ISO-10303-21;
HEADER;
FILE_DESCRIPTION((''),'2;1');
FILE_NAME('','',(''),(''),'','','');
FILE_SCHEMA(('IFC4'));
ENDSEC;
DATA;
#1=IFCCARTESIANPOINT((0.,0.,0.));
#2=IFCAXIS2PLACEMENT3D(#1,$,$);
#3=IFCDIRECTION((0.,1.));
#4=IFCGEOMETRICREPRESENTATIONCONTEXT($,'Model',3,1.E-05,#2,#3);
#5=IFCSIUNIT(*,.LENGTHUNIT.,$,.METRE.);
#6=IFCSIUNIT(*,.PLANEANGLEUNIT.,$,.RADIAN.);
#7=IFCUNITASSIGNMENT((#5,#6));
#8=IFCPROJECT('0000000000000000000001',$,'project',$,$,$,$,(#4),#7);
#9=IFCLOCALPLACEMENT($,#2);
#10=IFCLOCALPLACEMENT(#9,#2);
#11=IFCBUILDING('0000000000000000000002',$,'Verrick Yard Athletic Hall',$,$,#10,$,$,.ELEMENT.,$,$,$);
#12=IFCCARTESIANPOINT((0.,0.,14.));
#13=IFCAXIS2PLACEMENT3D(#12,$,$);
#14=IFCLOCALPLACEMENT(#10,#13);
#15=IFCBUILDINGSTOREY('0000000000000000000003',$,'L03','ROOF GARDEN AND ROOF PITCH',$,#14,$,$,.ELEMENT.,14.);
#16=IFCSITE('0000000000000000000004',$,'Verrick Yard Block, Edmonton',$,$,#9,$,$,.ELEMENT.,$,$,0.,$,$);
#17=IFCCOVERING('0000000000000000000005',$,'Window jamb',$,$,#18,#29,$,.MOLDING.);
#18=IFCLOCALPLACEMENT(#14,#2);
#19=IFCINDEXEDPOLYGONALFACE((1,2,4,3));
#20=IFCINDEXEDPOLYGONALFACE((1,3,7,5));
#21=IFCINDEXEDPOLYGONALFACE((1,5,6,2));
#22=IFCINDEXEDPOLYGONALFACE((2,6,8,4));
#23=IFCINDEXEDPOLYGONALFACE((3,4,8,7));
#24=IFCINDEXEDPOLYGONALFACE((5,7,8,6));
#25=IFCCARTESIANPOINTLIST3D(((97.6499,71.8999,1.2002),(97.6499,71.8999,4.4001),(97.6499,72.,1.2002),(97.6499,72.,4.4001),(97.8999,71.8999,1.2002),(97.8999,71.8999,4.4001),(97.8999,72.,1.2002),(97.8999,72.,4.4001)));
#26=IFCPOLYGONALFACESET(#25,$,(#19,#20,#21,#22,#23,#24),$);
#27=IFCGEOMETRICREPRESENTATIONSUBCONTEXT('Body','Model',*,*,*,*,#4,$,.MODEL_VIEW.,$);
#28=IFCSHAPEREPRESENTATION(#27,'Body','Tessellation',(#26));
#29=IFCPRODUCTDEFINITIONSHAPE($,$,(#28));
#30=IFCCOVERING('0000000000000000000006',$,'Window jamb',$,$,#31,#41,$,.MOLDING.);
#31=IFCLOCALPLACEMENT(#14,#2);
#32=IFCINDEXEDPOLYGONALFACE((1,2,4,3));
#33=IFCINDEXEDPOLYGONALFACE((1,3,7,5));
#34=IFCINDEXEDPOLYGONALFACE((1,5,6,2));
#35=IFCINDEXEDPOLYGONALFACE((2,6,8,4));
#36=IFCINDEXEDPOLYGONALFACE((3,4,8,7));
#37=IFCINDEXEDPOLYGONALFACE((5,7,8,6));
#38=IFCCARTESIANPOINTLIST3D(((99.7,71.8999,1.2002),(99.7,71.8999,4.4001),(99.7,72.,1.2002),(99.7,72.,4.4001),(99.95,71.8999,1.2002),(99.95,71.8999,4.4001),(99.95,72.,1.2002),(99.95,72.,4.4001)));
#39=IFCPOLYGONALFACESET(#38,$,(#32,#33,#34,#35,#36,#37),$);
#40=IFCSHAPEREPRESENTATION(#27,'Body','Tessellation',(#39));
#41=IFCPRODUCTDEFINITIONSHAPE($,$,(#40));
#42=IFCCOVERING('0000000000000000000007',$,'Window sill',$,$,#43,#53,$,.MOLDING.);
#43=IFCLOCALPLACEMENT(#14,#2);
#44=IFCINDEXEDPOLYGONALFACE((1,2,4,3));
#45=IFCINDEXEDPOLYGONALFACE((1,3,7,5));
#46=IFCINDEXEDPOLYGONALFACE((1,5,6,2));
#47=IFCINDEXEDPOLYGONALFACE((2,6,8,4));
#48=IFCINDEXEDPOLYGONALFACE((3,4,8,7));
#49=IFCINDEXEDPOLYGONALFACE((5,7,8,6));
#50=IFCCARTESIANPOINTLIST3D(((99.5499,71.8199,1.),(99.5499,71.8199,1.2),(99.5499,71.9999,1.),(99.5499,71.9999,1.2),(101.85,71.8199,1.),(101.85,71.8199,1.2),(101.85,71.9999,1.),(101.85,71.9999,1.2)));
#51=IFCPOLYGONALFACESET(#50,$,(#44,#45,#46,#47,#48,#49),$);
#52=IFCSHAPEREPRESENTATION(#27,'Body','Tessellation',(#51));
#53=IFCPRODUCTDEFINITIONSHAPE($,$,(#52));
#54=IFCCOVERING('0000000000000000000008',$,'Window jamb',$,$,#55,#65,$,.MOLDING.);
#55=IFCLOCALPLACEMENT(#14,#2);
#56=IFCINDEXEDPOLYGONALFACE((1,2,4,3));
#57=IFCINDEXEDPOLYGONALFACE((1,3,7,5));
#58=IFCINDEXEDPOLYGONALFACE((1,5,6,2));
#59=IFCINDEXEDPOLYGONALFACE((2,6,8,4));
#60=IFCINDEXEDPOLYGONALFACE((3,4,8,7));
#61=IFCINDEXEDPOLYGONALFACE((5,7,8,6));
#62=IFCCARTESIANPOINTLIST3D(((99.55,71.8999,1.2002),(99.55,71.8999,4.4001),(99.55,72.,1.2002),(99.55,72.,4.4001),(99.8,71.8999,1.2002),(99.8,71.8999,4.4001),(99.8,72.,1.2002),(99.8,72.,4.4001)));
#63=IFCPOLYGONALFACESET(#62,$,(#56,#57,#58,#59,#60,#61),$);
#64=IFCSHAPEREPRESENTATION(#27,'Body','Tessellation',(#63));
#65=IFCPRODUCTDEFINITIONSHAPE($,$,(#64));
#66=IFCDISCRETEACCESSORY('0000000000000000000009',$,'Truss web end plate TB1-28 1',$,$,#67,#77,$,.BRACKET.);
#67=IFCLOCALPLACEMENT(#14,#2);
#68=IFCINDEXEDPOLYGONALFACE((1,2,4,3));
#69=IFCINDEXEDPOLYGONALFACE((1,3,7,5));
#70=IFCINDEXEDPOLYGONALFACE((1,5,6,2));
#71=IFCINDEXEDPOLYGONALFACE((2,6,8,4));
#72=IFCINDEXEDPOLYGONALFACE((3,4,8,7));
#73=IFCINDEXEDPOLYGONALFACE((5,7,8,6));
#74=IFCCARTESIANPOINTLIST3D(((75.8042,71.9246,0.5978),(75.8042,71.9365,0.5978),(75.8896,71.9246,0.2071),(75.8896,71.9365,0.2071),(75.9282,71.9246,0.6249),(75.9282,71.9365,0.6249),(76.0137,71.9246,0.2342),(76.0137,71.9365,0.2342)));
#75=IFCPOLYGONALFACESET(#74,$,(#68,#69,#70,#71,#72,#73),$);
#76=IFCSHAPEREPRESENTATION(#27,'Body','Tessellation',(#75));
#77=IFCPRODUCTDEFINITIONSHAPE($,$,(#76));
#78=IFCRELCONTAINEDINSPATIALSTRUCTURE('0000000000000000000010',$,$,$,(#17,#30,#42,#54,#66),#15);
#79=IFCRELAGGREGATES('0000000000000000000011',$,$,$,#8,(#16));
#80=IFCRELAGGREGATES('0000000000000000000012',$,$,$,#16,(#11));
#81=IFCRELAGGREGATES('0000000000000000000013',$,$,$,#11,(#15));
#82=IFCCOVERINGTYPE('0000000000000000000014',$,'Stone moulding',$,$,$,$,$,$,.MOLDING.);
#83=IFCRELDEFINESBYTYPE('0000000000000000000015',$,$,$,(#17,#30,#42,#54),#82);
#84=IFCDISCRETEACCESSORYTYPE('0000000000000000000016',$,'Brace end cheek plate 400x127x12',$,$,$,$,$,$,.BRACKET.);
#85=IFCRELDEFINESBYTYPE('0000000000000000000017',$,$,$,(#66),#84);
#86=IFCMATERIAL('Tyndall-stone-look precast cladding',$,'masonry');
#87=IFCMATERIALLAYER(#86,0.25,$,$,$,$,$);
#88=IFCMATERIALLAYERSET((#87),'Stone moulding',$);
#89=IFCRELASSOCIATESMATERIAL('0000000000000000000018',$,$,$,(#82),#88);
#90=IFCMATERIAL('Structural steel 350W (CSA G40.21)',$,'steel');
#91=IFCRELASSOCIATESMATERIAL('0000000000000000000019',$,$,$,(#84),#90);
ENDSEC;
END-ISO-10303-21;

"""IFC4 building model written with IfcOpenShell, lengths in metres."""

from ifc_helpers import new_model, si_unit, direction, frame, origin, origin_2d, place, context, subcontext, project, spatial, rectangle, extrude, material, layer, layer_set, material_profile, profile_set, type_object, element, save


model = new_model("IFC4")

# Units and contexts
model_context = context("Model", 3, precision=1e-05, world=origin(), true_north=direction((0.0, 1.0)))
body_context = subcontext(model_context, "Body", "Model", "MODEL_VIEW")
ifc_project = project(units=[si_unit("LENGTHUNIT", "METRE"), si_unit("PLANEANGLEUNIT", "RADIAN")], contexts=[model_context])

# Site, building, storey
site_placement = place(None, origin())
site = spatial("IfcSite", under=ifc_project, at=site_placement, Name="Verrick Yard Block, Edmonton", CompositionType="ELEMENT", RefElevation=0.0)
building_placement = place(site_placement, origin())
building = spatial("IfcBuilding", under=site, at=building_placement, Name="Verrick Yard Athletic Hall", CompositionType="ELEMENT")
storey_placement = place(building_placement, frame((0.0, 0.0, 14.0)))
storey = spatial("IfcBuildingStorey", under=building, at=storey_placement, Name="L03", Description="ROOF GARDEN AND ROOF PITCH", CompositionType="ELEMENT", Elevation=14.0)

# Coverings
ifc_material_1 = material(Name="Tyndall-stone-look precast cladding", Category="masonry")
ifc_layer_1 = layer(ifc_material_1, 0.25)
ifc_layer_set_1 = layer_set([ifc_layer_1], Name="Stone moulding")
covering_type_1 = type_object("IfcCoveringType", Name="Stone moulding", PredefinedType="MOLDING", material=ifc_layer_set_1)
for number, where, z_axis, x_axis, name in (
    (1, (97.7749, 71.95, 1.2002), (0.0, 0.0, 1.0), (1.0, 0.0, 0.0), "Window jamb"),
    (2, (99.825, 71.95, 1.2002), (0.0, 0.0, 1.0), (1.0, 0.0, 0.0), "Window jamb"),
):
    element("IfcCovering", number, at=place(storey_placement, frame(where, z_axis=z_axis, x_axis=x_axis)), inside=storey, type_object=covering_type_1, Name=name, PredefinedType="MOLDING", context=body_context, shape_type="SweptSolid", body=[
        extrude(rectangle(XDim=0.25, YDim=0.1001, at=origin_2d()), origin(), (0.0, 0.0, 1.0), 3.2),
    ])
covering_1_placement = place(storey_placement, frame((100.7, 71.9099, 1.0), z_axis=(0.0, 0.0, 1.0), x_axis=(1.0, 0.0, 0.0)))
element("IfcCovering", 3, at=covering_1_placement, inside=storey, type_object=covering_type_1, Name="Window sill", PredefinedType="MOLDING", context=body_context, shape_type="SweptSolid", body=[
    extrude(rectangle(XDim=2.3, YDim=0.1799, at=origin_2d()), origin(), (0.0, 0.0, 1.0), 0.2),
])
covering_2_placement = place(storey_placement, frame((99.675, 71.95, 1.2002), z_axis=(0.0, 0.0, 1.0), x_axis=(1.0, 0.0, 0.0)))
element("IfcCovering", 4, at=covering_2_placement, inside=storey, type_object=covering_type_1, Name="Window jamb", PredefinedType="MOLDING", context=body_context, shape_type="SweptSolid", body=[
    extrude(rectangle(XDim=0.25, YDim=0.1001, at=origin_2d()), origin(), (0.0, 0.0, 1.0), 3.2),
])

# Discrete accessory
ifc_material_2 = material(Name="Structural steel 350W (CSA G40.21)", Category="steel")
ifc_material_profile = material_profile(ifc_material_2, rectangle(XDim=0.3999, YDim=0.127, at=origin_2d()), Name="Brace end cheek plate")
ifc_profile_set = profile_set([ifc_material_profile], Name="Structural steel 350W (CSA G40.21)")
discrete_accessory_type = type_object("IfcDiscreteAccessoryType", Name="Brace end cheek plate 400x127x12", PredefinedType="BRACKET", material=ifc_profile_set)
discrete_accessory_placement = place(storey_placement, frame((75.9089, 71.9365, 0.416), z_axis=(0.0, -1.0, 0.0), x_axis=(-0.213605, 0.0, 0.97692)))
element("IfcDiscreteAccessory", 5, at=discrete_accessory_placement, inside=storey, type_object=discrete_accessory_type, Name="Truss web end plate TB1-28 1", PredefinedType="BRACKET", context=body_context, shape_type="SweptSolid", body=[
    extrude(rectangle(XDim=0.3999, YDim=0.127, at=origin_2d()), origin(), (0.0, 0.0, 1.0), 0.012),
])

save(model, "model.ifc")
